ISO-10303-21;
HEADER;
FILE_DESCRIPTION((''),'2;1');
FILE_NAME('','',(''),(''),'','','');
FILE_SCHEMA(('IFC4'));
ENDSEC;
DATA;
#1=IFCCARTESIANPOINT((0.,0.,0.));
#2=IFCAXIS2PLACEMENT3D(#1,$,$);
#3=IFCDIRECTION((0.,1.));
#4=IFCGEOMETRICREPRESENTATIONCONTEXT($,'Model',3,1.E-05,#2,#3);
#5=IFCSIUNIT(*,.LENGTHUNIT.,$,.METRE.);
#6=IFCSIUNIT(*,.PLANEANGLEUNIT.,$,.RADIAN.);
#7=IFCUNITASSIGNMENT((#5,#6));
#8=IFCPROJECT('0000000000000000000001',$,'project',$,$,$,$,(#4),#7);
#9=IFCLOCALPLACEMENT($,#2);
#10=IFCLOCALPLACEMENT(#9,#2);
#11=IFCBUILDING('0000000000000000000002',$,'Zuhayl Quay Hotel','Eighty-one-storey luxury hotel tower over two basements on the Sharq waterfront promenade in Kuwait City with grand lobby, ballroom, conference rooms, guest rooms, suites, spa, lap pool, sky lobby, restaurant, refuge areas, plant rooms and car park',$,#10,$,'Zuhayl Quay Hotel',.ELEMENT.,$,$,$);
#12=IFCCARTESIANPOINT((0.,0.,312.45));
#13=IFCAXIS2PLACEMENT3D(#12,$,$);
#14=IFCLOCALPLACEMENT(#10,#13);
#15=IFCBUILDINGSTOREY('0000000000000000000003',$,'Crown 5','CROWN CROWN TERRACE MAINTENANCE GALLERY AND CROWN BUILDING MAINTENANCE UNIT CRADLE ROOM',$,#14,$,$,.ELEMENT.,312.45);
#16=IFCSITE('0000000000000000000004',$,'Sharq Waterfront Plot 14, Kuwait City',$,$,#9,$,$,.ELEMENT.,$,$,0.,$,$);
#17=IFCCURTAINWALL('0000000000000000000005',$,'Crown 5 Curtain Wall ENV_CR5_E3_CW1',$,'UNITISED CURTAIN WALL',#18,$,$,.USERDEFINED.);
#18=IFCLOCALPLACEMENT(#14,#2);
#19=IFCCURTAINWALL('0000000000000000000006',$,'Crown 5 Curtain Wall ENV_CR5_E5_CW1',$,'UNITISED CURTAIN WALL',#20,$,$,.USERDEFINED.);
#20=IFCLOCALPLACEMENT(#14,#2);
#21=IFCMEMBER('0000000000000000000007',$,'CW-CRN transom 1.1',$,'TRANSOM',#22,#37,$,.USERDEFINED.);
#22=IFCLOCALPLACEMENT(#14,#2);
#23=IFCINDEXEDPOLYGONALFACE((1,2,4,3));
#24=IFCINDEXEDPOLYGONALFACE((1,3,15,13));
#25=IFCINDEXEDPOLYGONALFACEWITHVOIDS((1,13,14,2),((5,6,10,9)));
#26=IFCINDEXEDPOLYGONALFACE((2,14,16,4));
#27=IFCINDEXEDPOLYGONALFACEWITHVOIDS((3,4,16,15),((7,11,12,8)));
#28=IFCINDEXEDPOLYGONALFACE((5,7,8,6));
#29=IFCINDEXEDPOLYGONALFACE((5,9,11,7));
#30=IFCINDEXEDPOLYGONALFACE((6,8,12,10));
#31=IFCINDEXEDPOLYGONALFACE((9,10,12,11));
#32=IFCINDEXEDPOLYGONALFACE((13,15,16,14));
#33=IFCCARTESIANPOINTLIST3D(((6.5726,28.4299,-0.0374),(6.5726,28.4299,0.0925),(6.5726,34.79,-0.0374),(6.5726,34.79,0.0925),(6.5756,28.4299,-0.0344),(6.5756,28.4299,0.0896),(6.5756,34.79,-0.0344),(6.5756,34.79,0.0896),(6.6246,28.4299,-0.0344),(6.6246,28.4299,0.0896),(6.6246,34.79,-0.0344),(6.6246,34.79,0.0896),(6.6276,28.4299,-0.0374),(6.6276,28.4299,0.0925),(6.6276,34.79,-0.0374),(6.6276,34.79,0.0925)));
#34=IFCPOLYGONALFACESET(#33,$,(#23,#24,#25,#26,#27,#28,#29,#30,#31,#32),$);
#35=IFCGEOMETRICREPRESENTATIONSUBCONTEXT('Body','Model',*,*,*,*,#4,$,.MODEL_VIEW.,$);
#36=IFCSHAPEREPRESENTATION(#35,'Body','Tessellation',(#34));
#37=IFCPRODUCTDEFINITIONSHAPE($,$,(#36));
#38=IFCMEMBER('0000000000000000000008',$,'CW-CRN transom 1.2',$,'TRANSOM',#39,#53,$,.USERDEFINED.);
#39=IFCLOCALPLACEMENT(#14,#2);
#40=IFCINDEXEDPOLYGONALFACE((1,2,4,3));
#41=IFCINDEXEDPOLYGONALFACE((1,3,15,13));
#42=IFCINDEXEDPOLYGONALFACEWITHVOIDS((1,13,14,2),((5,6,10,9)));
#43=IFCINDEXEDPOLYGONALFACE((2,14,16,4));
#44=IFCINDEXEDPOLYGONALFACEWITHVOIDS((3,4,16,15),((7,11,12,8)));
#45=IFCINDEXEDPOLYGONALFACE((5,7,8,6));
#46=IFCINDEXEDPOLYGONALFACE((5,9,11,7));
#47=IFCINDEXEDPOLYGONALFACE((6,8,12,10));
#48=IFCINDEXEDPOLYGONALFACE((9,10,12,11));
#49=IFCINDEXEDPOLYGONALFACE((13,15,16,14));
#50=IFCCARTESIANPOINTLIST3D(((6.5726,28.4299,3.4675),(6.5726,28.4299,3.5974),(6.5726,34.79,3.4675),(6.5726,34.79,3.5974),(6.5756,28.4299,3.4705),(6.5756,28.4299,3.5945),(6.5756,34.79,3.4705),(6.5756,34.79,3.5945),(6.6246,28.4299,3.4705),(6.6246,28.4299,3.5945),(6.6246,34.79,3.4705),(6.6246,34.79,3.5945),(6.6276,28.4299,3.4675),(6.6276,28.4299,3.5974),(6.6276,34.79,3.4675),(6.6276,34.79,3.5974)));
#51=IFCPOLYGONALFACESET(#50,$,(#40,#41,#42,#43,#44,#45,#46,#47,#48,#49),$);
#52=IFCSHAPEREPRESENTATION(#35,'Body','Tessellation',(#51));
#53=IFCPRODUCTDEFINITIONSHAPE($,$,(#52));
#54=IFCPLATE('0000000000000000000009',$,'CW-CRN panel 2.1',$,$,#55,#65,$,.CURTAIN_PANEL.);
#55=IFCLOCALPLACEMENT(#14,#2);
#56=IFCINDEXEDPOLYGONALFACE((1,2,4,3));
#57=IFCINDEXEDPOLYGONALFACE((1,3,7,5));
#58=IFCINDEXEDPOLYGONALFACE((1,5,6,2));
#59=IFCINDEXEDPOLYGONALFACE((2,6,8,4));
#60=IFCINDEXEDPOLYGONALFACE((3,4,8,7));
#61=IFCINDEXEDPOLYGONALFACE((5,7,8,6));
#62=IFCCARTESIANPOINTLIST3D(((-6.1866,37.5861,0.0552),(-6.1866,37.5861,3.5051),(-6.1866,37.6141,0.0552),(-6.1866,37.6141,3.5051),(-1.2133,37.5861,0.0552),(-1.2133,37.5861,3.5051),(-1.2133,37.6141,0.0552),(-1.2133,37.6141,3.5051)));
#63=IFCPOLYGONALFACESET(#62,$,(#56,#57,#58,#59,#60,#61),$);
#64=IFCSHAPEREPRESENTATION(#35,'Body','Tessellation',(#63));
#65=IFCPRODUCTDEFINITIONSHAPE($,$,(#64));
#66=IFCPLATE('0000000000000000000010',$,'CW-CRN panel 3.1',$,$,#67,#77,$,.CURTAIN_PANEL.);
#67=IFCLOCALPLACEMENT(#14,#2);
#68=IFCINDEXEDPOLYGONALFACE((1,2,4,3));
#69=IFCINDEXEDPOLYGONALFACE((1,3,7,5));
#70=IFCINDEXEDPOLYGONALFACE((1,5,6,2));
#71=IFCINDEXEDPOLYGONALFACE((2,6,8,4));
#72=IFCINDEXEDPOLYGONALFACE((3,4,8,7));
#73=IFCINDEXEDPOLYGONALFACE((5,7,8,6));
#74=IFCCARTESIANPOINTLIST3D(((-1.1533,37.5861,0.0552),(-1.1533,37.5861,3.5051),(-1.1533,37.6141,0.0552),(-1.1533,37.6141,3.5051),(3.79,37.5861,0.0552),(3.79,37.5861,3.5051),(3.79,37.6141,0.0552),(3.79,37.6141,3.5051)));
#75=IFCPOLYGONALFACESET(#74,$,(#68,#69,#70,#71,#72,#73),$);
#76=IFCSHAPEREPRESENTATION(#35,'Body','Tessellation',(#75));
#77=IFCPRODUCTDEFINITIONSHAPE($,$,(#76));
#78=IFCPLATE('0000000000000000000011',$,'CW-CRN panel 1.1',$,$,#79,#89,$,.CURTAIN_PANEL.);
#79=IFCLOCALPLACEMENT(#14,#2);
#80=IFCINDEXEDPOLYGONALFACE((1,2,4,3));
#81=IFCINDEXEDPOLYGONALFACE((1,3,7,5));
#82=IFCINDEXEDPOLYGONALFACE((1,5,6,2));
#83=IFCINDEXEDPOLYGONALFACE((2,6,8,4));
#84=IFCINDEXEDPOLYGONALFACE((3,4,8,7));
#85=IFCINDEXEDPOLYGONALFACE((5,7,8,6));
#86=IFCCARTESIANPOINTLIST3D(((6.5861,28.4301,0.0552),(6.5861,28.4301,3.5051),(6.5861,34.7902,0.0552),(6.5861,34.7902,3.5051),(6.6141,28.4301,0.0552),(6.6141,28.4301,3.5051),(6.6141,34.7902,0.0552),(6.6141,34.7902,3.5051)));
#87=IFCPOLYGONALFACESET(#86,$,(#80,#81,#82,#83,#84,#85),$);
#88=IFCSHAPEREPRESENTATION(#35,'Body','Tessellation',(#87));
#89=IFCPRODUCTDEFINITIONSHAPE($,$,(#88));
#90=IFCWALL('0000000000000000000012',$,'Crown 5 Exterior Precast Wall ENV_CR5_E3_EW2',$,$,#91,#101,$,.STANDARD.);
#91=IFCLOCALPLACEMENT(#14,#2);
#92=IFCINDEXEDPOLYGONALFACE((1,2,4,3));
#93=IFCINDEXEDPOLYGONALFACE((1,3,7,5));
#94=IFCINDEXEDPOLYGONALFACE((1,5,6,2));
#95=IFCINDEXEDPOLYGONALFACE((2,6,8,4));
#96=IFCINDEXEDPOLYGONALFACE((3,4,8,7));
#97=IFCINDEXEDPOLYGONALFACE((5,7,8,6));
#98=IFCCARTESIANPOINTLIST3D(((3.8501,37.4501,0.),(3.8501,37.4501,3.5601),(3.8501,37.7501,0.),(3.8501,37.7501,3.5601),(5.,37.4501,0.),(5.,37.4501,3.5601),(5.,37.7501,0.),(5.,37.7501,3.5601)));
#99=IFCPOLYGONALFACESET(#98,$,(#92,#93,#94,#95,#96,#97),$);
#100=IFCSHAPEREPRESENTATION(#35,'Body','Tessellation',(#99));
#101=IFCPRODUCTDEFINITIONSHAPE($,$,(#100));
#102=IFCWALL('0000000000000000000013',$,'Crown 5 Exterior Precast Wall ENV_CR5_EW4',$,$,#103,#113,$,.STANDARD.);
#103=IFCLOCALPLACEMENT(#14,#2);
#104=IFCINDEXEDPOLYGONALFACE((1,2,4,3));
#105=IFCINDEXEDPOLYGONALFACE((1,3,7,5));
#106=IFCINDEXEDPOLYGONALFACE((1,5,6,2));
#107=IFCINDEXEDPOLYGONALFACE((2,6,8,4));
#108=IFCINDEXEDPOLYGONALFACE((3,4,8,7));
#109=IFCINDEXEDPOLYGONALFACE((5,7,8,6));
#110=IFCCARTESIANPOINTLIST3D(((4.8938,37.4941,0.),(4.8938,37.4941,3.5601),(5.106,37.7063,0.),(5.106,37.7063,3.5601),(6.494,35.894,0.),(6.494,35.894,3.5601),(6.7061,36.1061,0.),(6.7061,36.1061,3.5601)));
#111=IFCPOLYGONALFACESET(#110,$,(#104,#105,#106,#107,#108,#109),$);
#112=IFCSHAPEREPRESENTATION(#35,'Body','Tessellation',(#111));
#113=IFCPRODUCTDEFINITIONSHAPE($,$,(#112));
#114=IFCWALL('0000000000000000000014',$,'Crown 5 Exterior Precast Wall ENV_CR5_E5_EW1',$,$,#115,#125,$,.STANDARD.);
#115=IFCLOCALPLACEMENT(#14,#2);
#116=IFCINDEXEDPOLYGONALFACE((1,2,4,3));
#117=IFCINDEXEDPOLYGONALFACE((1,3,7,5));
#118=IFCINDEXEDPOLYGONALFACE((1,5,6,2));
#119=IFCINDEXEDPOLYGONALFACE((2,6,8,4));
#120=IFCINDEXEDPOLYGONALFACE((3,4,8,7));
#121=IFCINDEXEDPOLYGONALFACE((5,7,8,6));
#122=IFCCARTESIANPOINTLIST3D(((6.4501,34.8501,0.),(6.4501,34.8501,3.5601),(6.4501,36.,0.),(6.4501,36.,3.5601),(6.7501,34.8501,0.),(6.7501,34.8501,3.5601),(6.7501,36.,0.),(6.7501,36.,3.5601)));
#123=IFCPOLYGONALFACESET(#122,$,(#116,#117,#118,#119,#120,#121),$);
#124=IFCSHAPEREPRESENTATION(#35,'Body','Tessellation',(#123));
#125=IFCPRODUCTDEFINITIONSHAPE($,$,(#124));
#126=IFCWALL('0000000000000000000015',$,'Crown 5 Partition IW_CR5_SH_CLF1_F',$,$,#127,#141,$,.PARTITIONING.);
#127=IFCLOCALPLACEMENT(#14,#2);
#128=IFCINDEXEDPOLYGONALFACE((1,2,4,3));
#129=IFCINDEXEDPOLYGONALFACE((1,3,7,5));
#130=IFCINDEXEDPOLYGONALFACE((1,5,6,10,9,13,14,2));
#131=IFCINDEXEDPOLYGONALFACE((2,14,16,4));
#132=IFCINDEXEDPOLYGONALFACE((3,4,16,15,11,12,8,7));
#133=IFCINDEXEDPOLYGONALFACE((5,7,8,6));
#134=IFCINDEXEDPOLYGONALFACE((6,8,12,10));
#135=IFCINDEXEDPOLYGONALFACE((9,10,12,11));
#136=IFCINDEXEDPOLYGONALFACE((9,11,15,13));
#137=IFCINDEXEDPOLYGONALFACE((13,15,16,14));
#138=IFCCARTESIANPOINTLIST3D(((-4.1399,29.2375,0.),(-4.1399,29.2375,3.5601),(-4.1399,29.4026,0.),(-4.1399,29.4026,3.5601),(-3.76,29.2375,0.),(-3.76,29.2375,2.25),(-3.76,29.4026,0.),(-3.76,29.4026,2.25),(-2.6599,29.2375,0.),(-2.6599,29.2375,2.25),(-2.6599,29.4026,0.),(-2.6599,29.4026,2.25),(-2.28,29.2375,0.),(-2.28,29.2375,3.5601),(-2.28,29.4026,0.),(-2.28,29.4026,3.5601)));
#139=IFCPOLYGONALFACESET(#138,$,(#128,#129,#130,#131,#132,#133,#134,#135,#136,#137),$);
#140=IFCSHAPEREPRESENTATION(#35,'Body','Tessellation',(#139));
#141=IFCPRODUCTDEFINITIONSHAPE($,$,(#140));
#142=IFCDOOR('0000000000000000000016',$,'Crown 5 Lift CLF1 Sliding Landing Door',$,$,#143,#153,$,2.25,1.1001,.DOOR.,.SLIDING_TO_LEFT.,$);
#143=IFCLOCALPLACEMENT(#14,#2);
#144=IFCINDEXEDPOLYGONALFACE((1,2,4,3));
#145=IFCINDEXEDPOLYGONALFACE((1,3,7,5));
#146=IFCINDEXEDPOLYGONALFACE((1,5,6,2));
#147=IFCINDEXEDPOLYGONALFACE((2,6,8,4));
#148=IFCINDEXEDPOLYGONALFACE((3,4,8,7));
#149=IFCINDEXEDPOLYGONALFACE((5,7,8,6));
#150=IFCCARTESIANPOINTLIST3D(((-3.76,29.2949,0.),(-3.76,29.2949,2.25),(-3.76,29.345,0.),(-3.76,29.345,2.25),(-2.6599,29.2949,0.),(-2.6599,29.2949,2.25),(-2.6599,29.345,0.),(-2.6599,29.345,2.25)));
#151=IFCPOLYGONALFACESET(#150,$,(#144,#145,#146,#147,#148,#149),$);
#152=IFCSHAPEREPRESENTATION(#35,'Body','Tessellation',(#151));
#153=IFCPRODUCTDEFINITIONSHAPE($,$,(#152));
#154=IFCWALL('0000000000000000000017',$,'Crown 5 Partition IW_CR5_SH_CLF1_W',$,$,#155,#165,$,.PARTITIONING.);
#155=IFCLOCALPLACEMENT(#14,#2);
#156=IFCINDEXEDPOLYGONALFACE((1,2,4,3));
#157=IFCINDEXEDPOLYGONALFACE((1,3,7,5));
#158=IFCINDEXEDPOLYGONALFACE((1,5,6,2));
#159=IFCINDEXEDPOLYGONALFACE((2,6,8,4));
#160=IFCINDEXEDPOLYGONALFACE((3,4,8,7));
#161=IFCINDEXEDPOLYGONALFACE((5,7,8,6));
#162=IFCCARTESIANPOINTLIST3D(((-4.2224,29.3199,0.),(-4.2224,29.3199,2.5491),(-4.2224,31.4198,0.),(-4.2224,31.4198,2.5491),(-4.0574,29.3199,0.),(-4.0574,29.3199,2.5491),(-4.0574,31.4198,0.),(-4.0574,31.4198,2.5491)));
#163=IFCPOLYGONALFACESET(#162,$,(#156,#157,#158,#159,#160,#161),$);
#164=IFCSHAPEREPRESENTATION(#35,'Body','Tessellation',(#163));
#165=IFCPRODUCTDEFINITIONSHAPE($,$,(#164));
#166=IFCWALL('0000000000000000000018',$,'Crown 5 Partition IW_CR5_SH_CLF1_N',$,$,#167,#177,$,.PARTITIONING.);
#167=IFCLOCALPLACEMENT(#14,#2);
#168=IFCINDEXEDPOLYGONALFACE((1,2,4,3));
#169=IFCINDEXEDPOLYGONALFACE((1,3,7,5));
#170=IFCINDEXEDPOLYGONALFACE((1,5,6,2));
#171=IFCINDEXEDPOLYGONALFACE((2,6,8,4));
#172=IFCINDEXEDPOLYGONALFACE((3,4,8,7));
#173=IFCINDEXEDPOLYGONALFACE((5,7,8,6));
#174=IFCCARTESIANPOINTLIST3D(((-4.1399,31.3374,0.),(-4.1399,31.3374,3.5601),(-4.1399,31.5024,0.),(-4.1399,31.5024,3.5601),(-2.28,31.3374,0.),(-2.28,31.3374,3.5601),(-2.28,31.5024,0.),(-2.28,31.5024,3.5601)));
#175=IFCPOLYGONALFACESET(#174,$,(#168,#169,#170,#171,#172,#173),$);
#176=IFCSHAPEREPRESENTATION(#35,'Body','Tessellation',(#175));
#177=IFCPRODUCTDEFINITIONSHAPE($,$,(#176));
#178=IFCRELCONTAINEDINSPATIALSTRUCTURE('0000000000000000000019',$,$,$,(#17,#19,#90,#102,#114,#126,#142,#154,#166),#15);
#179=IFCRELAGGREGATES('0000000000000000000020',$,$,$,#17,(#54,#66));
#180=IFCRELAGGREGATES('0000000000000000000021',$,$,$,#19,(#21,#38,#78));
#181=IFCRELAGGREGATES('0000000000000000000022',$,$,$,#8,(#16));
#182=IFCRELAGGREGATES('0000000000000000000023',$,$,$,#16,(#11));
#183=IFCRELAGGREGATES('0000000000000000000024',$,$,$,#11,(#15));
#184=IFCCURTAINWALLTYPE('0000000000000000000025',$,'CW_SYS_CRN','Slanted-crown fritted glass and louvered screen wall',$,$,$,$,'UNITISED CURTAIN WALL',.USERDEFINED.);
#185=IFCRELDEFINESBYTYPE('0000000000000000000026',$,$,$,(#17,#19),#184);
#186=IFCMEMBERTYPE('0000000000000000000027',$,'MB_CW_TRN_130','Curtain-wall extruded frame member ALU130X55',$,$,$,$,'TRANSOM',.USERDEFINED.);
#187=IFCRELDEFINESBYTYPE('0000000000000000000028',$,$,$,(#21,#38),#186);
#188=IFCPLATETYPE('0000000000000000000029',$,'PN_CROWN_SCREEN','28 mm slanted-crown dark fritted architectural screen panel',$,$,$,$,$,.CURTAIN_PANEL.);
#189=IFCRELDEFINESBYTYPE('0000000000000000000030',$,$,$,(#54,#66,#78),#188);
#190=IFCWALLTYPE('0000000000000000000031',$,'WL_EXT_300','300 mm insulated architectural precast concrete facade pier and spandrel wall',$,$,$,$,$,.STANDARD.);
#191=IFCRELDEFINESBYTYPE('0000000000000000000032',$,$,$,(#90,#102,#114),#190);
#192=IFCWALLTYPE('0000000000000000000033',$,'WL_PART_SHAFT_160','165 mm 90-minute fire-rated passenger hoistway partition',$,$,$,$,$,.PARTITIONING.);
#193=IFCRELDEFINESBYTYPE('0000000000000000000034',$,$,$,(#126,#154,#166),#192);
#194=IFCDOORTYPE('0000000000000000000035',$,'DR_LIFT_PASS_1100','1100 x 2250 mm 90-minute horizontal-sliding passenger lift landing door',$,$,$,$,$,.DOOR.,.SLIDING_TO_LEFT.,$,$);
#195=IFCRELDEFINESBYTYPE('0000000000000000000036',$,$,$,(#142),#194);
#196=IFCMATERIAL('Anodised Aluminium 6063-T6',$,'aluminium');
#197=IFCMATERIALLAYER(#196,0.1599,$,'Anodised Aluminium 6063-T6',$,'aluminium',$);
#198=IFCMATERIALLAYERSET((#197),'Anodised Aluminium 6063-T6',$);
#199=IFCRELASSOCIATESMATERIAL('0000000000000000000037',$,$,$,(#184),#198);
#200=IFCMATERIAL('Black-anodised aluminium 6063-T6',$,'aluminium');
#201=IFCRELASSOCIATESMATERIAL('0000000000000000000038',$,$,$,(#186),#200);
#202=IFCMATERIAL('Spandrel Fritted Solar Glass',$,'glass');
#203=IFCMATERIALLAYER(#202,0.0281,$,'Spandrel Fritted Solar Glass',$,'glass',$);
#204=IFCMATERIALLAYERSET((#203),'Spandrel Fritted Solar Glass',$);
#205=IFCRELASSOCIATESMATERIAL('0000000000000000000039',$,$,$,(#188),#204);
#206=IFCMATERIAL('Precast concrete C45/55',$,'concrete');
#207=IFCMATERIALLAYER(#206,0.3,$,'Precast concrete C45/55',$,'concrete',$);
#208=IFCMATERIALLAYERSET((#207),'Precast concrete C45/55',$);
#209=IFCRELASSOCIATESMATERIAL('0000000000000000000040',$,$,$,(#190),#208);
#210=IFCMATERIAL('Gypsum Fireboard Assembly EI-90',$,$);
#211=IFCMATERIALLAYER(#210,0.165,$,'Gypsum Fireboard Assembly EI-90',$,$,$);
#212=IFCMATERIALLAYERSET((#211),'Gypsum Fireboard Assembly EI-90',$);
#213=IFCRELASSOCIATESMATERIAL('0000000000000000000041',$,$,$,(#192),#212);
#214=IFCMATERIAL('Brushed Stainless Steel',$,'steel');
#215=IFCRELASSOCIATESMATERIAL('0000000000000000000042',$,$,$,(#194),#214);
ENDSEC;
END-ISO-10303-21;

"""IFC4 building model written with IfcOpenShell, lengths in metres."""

from ifc_helpers import new_model, si_unit, direction, frame, frame_2d, origin, origin_2d, place, context, subcontext, project, spatial, rectangle, hollow_rectangle, extrude, material, layer, layer_set, material_profile, profile_set, type_object, element, fill, aggregate, save


model = new_model("IFC4")

# Units and contexts
model_context = context("Model", 3, precision=1e-05, world=origin(), true_north=direction((0.0, 1.0)))
body_context = subcontext(model_context, "Body", "Model", "MODEL_VIEW")
ifc_project = project(units=[si_unit("LENGTHUNIT", "METRE"), si_unit("PLANEANGLEUNIT", "RADIAN")], contexts=[model_context])

# Site, building, storey
site_placement = place(None, origin())
site = spatial("IfcSite", under=ifc_project, at=site_placement, Name="Sharq Waterfront Plot 14, Kuwait City", CompositionType="ELEMENT", RefElevation=0.0)
building_placement = place(site_placement, origin())
building = spatial("IfcBuilding", under=site, at=building_placement, Name="Zuhayl Quay Hotel", Description="Eighty-one-storey luxury hotel tower over two basements on the Sharq waterfront promenade in Kuwait City with grand lobby, ballroom, conference rooms, guest rooms, suites, spa, lap pool, sky lobby, restaurant, refuge areas, plant rooms and car park", LongName="Zuhayl Quay Hotel", CompositionType="ELEMENT")
storey_placement = place(building_placement, frame((0.0, 0.0, 312.45)))
storey = spatial("IfcBuildingStorey", under=building, at=storey_placement, Name="Crown 5", Description="CROWN CROWN TERRACE MAINTENANCE GALLERY AND CROWN BUILDING MAINTENANCE UNIT CRADLE ROOM", CompositionType="ELEMENT", Elevation=312.45)

# Curtain walls
ifc_material_1 = material(Name="Anodised Aluminium 6063-T6", Category="aluminium")
ifc_layer_1 = layer(ifc_material_1, 0.1599, Name="Anodised Aluminium 6063-T6", Category="aluminium")
ifc_layer_set_1 = layer_set([ifc_layer_1], Name="Anodised Aluminium 6063-T6")
curtain_wall_type = type_object("IfcCurtainWallType", Name="CW_SYS_CRN", Description="Slanted-crown fritted glass and louvered screen wall", ElementType="UNITISED CURTAIN WALL", PredefinedType="USERDEFINED", material=ifc_layer_set_1)
curtain_wall_1_placement = place(storey_placement, origin())
curtain_wall_1 = element("IfcCurtainWall", 1, at=curtain_wall_1_placement, inside=storey, type_object=curtain_wall_type, Name="Crown 5 Curtain Wall ENV_CR5_E3_CW1", ObjectType="UNITISED CURTAIN WALL", PredefinedType="USERDEFINED")
ifc_material_2 = material(Name="Black-anodised aluminium 6063-T6", Category="aluminium")
curtain_wall_2_placement = place(storey_placement, origin())
curtain_wall_2 = element("IfcCurtainWall", 2, at=curtain_wall_2_placement, inside=storey, type_object=curtain_wall_type, Name="Crown 5 Curtain Wall ENV_CR5_E5_CW1", ObjectType="UNITISED CURTAIN WALL", PredefinedType="USERDEFINED")

# Members
ifc_material_profile_1 = material_profile(ifc_material_2, hollow_rectangle(XDim=0.0549, YDim=0.1299, WallThickness=0.0029, at=origin_2d()), Name="ALU130X55")
ifc_profile_set_1 = profile_set([ifc_material_profile_1], Name="Black-anodised aluminium 6063-T6")
member_type_1 = type_object("IfcMemberType", Name="MB_CW_TRN_130", Description="Curtain-wall extruded frame member ALU130X55", ElementType="TRANSOM", PredefinedType="USERDEFINED", material=ifc_profile_set_1)
member_1_placement = place(storey_placement, frame((6.6001, 34.79, 0.0276), z_axis=(0.0, -1.0, 0.0), x_axis=(1.0, 0.0, 0.0)))
member_1 = element("IfcMember", 3, at=member_1_placement, type_object=member_type_1, Name="CW-CRN transom 1.1", ObjectType="TRANSOM", PredefinedType="USERDEFINED", context=body_context, shape_type="SweptSolid", body=[
    extrude(hollow_rectangle(XDim=0.0549, YDim=0.1299, WallThickness=0.0029, at=origin_2d()), origin(), (0.0, 0.0, 1.0), 6.3601),
])
member_2_placement = place(storey_placement, frame((6.6001, 34.79, 3.5325), z_axis=(0.0, -1.0, 0.0), x_axis=(1.0, 0.0, 0.0)))
member_2 = element("IfcMember", 4, at=member_2_placement, type_object=member_type_1, Name="CW-CRN transom 1.2", ObjectType="TRANSOM", PredefinedType="USERDEFINED", context=body_context, shape_type="SweptSolid", body=[
    extrude(hollow_rectangle(XDim=0.0549, YDim=0.1299, WallThickness=0.0029, at=origin_2d()), origin(), (0.0, 0.0, 1.0), 6.3601),
])

# Plates
ifc_material_3 = material(Name="Spandrel Fritted Solar Glass", Category="glass")
ifc_layer_2 = layer(ifc_material_3, 0.0281, Name="Spandrel Fritted Solar Glass", Category="glass")
ifc_layer_set_2 = layer_set([ifc_layer_2], Name="Spandrel Fritted Solar Glass")
plate_type = type_object("IfcPlateType", Name="PN_CROWN_SCREEN", Description="28 mm slanted-crown dark fritted architectural screen panel", PredefinedType="CURTAIN_PANEL", material=ifc_layer_set_2)
plate_1_placement = place(storey_placement, frame((-3.7, 37.6001, 0.0552), z_axis=(0.0, 0.0, 1.0), x_axis=(1.0, 0.0, 0.0)))
plate_1 = element("IfcPlate", 5, at=plate_1_placement, type_object=plate_type, Name="CW-CRN panel 2.1", PredefinedType="CURTAIN_PANEL", context=body_context, shape_type="SweptSolid", body=[
    extrude(rectangle(XDim=4.9734, YDim=0.0281, at=origin_2d()), origin(), (0.0, 0.0, 1.0), 3.45),
])
plate_2_placement = place(storey_placement, frame((1.3184, 37.6001, 0.0552), z_axis=(0.0, 0.0, 1.0), x_axis=(1.0, 0.0, 0.0)))
plate_2 = element("IfcPlate", 6, at=plate_2_placement, type_object=plate_type, Name="CW-CRN panel 3.1", PredefinedType="CURTAIN_PANEL", context=body_context, shape_type="SweptSolid", body=[
    extrude(rectangle(XDim=4.9434, YDim=0.0281, at=origin_2d()), origin(), (0.0, 0.0, 1.0), 3.45),
])
aggregate(curtain_wall_1, [plate_1, plate_2])
plate_3_placement = place(storey_placement, frame((6.6001, 31.6101, 0.0552), z_axis=(0.0, 0.0, 1.0), x_axis=(0.0, -1.0, 0.0)))
plate_3 = element("IfcPlate", 7, at=plate_3_placement, type_object=plate_type, Name="CW-CRN panel 1.1", PredefinedType="CURTAIN_PANEL", context=body_context, shape_type="SweptSolid", body=[
    extrude(rectangle(XDim=6.3601, YDim=0.0281, at=origin_2d()), origin(), (0.0, 0.0, 1.0), 3.45),
])
aggregate(curtain_wall_2, [member_1, member_2, plate_3])

# Walls
ifc_material_4 = material(Name="Precast concrete C45/55", Category="concrete")
ifc_layer_3 = layer(ifc_material_4, 0.3, Name="Precast concrete C45/55", Category="concrete")
ifc_layer_set_3 = layer_set([ifc_layer_3], Name="Precast concrete C45/55")
wall_type_1 = type_object("IfcWallType", Name="WL_EXT_300", Description="300 mm insulated architectural precast concrete facade pier and spandrel wall", PredefinedType="STANDARD", material=ifc_layer_set_3)
wall_1_placement = place(storey_placement, frame((3.8501, 37.6001, 0.0), z_axis=(0.0, 0.0, 1.0), x_axis=(1.0, 0.0, 0.0)))
element("IfcWall", 8, at=wall_1_placement, inside=storey, type_object=wall_type_1, Name="Crown 5 Exterior Precast Wall ENV_CR5_E3_EW2", PredefinedType="STANDARD", context=body_context, shape_type="SweptSolid", body=[
    extrude(rectangle(XDim=1.1499, YDim=0.3, at=frame_2d((0.575, 0.0))), origin(), (0.0, 0.0, 1.0), 3.5601),
])
wall_2_placement = place(storey_placement, frame((5.0, 37.6001, 0.0), z_axis=(0.0, 0.0, 1.0), x_axis=(0.707107, -0.707107, 0.0)))
element("IfcWall", 9, at=wall_2_placement, inside=storey, type_object=wall_type_1, Name="Crown 5 Exterior Precast Wall ENV_CR5_EW4", PredefinedType="STANDARD", context=body_context, shape_type="SweptSolid", body=[
    extrude(rectangle(XDim=2.2629, YDim=0.3, at=frame_2d((1.1313, 0.0))), origin(), (0.0, 0.0, 1.0), 3.5601),
])
wall_3_placement = place(storey_placement, frame((6.6001, 36.0, 0.0), z_axis=(0.0, 0.0, 1.0), x_axis=(0.0, -1.0, 0.0)))
element("IfcWall", 10, at=wall_3_placement, inside=storey, type_object=wall_type_1, Name="Crown 5 Exterior Precast Wall ENV_CR5_E5_EW1", PredefinedType="STANDARD", context=body_context, shape_type="SweptSolid", body=[
    extrude(rectangle(XDim=1.1499, YDim=0.3, at=frame_2d((0.575, 0.0))), origin(), (0.0, 0.0, 1.0), 3.5601),
])

# Wall, opening, door
ifc_material_5 = material(Name="Gypsum Fireboard Assembly EI-90")
ifc_layer_4 = layer(ifc_material_5, 0.165, Name="Gypsum Fireboard Assembly EI-90")
ifc_layer_set_4 = layer_set([ifc_layer_4], Name="Gypsum Fireboard Assembly EI-90")
wall_type_2 = type_object("IfcWallType", Name="WL_PART_SHAFT_160", Description="165 mm 90-minute fire-rated passenger hoistway partition", PredefinedType="PARTITIONING", material=ifc_layer_set_4)
wall_4_placement = place(storey_placement, frame((-4.1399, 29.3201, 0.0), z_axis=(0.0, 0.0, 1.0), x_axis=(1.0, 0.0, 0.0)))
wall_4 = element("IfcWall", 11, at=wall_4_placement, inside=storey, type_object=wall_type_2, Name="Crown 5 Partition IW_CR5_SH_CLF1_F", PredefinedType="PARTITIONING", context=body_context, shape_type="SweptSolid", body=[
    extrude(rectangle(XDim=1.8599, YDim=0.165, at=frame_2d((0.9299, 0.0))), origin(), (0.0, 0.0, 1.0), 3.5601),
])
opening_1_placement = place(wall_4_placement, frame((0.3799, 0.0, 0.0)))
opening_1 = element("IfcOpeningElement", 12, at=opening_1_placement, cuts=wall_4, PredefinedType="OPENING", context=body_context, shape_type="SweptSolid", body=[
    extrude(rectangle(XDim=1.1001, YDim=2.25, at=frame_2d((0.55, 1.125))), frame((0.0, 0.0925, 0.0), z_axis=(0.0, -1.0, 0.0), x_axis=(1.0, 0.0, 0.0)), (0.0, 0.0, 1.0), 0.1851),
])
ifc_material_6 = material(Name="Brushed Stainless Steel", Category="steel")
door_type_1 = type_object("IfcDoorType", Name="DR_LIFT_PASS_1100", Description="1100 x 2250 mm 90-minute horizontal-sliding passenger lift landing door", OperationType="SLIDING_TO_LEFT", PredefinedType="DOOR", material=ifc_material_6)
door_1_placement = place(opening_1_placement, origin())
door_1 = element("IfcDoor", 13, at=door_1_placement, inside=storey, type_object=door_type_1, Name="Crown 5 Lift CLF1 Sliding Landing Door", OperationType="SLIDING_TO_LEFT", OverallHeight=2.25, OverallWidth=1.1001, PredefinedType="DOOR", context=body_context, shape_type="SweptSolid", body=[
    extrude(rectangle(XDim=1.1001, YDim=2.25, at=frame_2d((0.55, 1.125))), frame((0.0, 0.0249, 0.0), z_axis=(0.0, -1.0, 0.0), x_axis=(1.0, 0.0, 0.0)), (0.0, 0.0, 1.0), 0.05),
])
fill(opening_1, door_1)

# Walls
wall_5_placement = place(storey_placement, frame((-4.1399, 29.3201, 0.0), z_axis=(0.0, 0.0, 1.0), x_axis=(0.0, 1.0, 0.0)))
element("IfcWall", 14, at=wall_5_placement, inside=storey, type_object=wall_type_2, Name="Crown 5 Partition IW_CR5_SH_CLF1_W", PredefinedType="PARTITIONING", context=body_context, shape_type="SweptSolid", body=[
    extrude(rectangle(XDim=2.0999, YDim=0.165, at=frame_2d((1.0498, 0.0))), origin(), (0.0, 0.0, 1.0), 2.5491),
])
wall_6_placement = place(storey_placement, frame((-4.1399, 31.4199, 0.0), z_axis=(0.0, 0.0, 1.0), x_axis=(1.0, 0.0, 0.0)))
element("IfcWall", 15, at=wall_6_placement, inside=storey, type_object=wall_type_2, Name="Crown 5 Partition IW_CR5_SH_CLF1_N", PredefinedType="PARTITIONING", context=body_context, shape_type="SweptSolid", body=[
    extrude(rectangle(XDim=1.8599, YDim=0.165, at=frame_2d((0.9299, 0.0))), origin(), (0.0, 0.0, 1.0), 3.5601),
])

save(model, "model.ifc")
